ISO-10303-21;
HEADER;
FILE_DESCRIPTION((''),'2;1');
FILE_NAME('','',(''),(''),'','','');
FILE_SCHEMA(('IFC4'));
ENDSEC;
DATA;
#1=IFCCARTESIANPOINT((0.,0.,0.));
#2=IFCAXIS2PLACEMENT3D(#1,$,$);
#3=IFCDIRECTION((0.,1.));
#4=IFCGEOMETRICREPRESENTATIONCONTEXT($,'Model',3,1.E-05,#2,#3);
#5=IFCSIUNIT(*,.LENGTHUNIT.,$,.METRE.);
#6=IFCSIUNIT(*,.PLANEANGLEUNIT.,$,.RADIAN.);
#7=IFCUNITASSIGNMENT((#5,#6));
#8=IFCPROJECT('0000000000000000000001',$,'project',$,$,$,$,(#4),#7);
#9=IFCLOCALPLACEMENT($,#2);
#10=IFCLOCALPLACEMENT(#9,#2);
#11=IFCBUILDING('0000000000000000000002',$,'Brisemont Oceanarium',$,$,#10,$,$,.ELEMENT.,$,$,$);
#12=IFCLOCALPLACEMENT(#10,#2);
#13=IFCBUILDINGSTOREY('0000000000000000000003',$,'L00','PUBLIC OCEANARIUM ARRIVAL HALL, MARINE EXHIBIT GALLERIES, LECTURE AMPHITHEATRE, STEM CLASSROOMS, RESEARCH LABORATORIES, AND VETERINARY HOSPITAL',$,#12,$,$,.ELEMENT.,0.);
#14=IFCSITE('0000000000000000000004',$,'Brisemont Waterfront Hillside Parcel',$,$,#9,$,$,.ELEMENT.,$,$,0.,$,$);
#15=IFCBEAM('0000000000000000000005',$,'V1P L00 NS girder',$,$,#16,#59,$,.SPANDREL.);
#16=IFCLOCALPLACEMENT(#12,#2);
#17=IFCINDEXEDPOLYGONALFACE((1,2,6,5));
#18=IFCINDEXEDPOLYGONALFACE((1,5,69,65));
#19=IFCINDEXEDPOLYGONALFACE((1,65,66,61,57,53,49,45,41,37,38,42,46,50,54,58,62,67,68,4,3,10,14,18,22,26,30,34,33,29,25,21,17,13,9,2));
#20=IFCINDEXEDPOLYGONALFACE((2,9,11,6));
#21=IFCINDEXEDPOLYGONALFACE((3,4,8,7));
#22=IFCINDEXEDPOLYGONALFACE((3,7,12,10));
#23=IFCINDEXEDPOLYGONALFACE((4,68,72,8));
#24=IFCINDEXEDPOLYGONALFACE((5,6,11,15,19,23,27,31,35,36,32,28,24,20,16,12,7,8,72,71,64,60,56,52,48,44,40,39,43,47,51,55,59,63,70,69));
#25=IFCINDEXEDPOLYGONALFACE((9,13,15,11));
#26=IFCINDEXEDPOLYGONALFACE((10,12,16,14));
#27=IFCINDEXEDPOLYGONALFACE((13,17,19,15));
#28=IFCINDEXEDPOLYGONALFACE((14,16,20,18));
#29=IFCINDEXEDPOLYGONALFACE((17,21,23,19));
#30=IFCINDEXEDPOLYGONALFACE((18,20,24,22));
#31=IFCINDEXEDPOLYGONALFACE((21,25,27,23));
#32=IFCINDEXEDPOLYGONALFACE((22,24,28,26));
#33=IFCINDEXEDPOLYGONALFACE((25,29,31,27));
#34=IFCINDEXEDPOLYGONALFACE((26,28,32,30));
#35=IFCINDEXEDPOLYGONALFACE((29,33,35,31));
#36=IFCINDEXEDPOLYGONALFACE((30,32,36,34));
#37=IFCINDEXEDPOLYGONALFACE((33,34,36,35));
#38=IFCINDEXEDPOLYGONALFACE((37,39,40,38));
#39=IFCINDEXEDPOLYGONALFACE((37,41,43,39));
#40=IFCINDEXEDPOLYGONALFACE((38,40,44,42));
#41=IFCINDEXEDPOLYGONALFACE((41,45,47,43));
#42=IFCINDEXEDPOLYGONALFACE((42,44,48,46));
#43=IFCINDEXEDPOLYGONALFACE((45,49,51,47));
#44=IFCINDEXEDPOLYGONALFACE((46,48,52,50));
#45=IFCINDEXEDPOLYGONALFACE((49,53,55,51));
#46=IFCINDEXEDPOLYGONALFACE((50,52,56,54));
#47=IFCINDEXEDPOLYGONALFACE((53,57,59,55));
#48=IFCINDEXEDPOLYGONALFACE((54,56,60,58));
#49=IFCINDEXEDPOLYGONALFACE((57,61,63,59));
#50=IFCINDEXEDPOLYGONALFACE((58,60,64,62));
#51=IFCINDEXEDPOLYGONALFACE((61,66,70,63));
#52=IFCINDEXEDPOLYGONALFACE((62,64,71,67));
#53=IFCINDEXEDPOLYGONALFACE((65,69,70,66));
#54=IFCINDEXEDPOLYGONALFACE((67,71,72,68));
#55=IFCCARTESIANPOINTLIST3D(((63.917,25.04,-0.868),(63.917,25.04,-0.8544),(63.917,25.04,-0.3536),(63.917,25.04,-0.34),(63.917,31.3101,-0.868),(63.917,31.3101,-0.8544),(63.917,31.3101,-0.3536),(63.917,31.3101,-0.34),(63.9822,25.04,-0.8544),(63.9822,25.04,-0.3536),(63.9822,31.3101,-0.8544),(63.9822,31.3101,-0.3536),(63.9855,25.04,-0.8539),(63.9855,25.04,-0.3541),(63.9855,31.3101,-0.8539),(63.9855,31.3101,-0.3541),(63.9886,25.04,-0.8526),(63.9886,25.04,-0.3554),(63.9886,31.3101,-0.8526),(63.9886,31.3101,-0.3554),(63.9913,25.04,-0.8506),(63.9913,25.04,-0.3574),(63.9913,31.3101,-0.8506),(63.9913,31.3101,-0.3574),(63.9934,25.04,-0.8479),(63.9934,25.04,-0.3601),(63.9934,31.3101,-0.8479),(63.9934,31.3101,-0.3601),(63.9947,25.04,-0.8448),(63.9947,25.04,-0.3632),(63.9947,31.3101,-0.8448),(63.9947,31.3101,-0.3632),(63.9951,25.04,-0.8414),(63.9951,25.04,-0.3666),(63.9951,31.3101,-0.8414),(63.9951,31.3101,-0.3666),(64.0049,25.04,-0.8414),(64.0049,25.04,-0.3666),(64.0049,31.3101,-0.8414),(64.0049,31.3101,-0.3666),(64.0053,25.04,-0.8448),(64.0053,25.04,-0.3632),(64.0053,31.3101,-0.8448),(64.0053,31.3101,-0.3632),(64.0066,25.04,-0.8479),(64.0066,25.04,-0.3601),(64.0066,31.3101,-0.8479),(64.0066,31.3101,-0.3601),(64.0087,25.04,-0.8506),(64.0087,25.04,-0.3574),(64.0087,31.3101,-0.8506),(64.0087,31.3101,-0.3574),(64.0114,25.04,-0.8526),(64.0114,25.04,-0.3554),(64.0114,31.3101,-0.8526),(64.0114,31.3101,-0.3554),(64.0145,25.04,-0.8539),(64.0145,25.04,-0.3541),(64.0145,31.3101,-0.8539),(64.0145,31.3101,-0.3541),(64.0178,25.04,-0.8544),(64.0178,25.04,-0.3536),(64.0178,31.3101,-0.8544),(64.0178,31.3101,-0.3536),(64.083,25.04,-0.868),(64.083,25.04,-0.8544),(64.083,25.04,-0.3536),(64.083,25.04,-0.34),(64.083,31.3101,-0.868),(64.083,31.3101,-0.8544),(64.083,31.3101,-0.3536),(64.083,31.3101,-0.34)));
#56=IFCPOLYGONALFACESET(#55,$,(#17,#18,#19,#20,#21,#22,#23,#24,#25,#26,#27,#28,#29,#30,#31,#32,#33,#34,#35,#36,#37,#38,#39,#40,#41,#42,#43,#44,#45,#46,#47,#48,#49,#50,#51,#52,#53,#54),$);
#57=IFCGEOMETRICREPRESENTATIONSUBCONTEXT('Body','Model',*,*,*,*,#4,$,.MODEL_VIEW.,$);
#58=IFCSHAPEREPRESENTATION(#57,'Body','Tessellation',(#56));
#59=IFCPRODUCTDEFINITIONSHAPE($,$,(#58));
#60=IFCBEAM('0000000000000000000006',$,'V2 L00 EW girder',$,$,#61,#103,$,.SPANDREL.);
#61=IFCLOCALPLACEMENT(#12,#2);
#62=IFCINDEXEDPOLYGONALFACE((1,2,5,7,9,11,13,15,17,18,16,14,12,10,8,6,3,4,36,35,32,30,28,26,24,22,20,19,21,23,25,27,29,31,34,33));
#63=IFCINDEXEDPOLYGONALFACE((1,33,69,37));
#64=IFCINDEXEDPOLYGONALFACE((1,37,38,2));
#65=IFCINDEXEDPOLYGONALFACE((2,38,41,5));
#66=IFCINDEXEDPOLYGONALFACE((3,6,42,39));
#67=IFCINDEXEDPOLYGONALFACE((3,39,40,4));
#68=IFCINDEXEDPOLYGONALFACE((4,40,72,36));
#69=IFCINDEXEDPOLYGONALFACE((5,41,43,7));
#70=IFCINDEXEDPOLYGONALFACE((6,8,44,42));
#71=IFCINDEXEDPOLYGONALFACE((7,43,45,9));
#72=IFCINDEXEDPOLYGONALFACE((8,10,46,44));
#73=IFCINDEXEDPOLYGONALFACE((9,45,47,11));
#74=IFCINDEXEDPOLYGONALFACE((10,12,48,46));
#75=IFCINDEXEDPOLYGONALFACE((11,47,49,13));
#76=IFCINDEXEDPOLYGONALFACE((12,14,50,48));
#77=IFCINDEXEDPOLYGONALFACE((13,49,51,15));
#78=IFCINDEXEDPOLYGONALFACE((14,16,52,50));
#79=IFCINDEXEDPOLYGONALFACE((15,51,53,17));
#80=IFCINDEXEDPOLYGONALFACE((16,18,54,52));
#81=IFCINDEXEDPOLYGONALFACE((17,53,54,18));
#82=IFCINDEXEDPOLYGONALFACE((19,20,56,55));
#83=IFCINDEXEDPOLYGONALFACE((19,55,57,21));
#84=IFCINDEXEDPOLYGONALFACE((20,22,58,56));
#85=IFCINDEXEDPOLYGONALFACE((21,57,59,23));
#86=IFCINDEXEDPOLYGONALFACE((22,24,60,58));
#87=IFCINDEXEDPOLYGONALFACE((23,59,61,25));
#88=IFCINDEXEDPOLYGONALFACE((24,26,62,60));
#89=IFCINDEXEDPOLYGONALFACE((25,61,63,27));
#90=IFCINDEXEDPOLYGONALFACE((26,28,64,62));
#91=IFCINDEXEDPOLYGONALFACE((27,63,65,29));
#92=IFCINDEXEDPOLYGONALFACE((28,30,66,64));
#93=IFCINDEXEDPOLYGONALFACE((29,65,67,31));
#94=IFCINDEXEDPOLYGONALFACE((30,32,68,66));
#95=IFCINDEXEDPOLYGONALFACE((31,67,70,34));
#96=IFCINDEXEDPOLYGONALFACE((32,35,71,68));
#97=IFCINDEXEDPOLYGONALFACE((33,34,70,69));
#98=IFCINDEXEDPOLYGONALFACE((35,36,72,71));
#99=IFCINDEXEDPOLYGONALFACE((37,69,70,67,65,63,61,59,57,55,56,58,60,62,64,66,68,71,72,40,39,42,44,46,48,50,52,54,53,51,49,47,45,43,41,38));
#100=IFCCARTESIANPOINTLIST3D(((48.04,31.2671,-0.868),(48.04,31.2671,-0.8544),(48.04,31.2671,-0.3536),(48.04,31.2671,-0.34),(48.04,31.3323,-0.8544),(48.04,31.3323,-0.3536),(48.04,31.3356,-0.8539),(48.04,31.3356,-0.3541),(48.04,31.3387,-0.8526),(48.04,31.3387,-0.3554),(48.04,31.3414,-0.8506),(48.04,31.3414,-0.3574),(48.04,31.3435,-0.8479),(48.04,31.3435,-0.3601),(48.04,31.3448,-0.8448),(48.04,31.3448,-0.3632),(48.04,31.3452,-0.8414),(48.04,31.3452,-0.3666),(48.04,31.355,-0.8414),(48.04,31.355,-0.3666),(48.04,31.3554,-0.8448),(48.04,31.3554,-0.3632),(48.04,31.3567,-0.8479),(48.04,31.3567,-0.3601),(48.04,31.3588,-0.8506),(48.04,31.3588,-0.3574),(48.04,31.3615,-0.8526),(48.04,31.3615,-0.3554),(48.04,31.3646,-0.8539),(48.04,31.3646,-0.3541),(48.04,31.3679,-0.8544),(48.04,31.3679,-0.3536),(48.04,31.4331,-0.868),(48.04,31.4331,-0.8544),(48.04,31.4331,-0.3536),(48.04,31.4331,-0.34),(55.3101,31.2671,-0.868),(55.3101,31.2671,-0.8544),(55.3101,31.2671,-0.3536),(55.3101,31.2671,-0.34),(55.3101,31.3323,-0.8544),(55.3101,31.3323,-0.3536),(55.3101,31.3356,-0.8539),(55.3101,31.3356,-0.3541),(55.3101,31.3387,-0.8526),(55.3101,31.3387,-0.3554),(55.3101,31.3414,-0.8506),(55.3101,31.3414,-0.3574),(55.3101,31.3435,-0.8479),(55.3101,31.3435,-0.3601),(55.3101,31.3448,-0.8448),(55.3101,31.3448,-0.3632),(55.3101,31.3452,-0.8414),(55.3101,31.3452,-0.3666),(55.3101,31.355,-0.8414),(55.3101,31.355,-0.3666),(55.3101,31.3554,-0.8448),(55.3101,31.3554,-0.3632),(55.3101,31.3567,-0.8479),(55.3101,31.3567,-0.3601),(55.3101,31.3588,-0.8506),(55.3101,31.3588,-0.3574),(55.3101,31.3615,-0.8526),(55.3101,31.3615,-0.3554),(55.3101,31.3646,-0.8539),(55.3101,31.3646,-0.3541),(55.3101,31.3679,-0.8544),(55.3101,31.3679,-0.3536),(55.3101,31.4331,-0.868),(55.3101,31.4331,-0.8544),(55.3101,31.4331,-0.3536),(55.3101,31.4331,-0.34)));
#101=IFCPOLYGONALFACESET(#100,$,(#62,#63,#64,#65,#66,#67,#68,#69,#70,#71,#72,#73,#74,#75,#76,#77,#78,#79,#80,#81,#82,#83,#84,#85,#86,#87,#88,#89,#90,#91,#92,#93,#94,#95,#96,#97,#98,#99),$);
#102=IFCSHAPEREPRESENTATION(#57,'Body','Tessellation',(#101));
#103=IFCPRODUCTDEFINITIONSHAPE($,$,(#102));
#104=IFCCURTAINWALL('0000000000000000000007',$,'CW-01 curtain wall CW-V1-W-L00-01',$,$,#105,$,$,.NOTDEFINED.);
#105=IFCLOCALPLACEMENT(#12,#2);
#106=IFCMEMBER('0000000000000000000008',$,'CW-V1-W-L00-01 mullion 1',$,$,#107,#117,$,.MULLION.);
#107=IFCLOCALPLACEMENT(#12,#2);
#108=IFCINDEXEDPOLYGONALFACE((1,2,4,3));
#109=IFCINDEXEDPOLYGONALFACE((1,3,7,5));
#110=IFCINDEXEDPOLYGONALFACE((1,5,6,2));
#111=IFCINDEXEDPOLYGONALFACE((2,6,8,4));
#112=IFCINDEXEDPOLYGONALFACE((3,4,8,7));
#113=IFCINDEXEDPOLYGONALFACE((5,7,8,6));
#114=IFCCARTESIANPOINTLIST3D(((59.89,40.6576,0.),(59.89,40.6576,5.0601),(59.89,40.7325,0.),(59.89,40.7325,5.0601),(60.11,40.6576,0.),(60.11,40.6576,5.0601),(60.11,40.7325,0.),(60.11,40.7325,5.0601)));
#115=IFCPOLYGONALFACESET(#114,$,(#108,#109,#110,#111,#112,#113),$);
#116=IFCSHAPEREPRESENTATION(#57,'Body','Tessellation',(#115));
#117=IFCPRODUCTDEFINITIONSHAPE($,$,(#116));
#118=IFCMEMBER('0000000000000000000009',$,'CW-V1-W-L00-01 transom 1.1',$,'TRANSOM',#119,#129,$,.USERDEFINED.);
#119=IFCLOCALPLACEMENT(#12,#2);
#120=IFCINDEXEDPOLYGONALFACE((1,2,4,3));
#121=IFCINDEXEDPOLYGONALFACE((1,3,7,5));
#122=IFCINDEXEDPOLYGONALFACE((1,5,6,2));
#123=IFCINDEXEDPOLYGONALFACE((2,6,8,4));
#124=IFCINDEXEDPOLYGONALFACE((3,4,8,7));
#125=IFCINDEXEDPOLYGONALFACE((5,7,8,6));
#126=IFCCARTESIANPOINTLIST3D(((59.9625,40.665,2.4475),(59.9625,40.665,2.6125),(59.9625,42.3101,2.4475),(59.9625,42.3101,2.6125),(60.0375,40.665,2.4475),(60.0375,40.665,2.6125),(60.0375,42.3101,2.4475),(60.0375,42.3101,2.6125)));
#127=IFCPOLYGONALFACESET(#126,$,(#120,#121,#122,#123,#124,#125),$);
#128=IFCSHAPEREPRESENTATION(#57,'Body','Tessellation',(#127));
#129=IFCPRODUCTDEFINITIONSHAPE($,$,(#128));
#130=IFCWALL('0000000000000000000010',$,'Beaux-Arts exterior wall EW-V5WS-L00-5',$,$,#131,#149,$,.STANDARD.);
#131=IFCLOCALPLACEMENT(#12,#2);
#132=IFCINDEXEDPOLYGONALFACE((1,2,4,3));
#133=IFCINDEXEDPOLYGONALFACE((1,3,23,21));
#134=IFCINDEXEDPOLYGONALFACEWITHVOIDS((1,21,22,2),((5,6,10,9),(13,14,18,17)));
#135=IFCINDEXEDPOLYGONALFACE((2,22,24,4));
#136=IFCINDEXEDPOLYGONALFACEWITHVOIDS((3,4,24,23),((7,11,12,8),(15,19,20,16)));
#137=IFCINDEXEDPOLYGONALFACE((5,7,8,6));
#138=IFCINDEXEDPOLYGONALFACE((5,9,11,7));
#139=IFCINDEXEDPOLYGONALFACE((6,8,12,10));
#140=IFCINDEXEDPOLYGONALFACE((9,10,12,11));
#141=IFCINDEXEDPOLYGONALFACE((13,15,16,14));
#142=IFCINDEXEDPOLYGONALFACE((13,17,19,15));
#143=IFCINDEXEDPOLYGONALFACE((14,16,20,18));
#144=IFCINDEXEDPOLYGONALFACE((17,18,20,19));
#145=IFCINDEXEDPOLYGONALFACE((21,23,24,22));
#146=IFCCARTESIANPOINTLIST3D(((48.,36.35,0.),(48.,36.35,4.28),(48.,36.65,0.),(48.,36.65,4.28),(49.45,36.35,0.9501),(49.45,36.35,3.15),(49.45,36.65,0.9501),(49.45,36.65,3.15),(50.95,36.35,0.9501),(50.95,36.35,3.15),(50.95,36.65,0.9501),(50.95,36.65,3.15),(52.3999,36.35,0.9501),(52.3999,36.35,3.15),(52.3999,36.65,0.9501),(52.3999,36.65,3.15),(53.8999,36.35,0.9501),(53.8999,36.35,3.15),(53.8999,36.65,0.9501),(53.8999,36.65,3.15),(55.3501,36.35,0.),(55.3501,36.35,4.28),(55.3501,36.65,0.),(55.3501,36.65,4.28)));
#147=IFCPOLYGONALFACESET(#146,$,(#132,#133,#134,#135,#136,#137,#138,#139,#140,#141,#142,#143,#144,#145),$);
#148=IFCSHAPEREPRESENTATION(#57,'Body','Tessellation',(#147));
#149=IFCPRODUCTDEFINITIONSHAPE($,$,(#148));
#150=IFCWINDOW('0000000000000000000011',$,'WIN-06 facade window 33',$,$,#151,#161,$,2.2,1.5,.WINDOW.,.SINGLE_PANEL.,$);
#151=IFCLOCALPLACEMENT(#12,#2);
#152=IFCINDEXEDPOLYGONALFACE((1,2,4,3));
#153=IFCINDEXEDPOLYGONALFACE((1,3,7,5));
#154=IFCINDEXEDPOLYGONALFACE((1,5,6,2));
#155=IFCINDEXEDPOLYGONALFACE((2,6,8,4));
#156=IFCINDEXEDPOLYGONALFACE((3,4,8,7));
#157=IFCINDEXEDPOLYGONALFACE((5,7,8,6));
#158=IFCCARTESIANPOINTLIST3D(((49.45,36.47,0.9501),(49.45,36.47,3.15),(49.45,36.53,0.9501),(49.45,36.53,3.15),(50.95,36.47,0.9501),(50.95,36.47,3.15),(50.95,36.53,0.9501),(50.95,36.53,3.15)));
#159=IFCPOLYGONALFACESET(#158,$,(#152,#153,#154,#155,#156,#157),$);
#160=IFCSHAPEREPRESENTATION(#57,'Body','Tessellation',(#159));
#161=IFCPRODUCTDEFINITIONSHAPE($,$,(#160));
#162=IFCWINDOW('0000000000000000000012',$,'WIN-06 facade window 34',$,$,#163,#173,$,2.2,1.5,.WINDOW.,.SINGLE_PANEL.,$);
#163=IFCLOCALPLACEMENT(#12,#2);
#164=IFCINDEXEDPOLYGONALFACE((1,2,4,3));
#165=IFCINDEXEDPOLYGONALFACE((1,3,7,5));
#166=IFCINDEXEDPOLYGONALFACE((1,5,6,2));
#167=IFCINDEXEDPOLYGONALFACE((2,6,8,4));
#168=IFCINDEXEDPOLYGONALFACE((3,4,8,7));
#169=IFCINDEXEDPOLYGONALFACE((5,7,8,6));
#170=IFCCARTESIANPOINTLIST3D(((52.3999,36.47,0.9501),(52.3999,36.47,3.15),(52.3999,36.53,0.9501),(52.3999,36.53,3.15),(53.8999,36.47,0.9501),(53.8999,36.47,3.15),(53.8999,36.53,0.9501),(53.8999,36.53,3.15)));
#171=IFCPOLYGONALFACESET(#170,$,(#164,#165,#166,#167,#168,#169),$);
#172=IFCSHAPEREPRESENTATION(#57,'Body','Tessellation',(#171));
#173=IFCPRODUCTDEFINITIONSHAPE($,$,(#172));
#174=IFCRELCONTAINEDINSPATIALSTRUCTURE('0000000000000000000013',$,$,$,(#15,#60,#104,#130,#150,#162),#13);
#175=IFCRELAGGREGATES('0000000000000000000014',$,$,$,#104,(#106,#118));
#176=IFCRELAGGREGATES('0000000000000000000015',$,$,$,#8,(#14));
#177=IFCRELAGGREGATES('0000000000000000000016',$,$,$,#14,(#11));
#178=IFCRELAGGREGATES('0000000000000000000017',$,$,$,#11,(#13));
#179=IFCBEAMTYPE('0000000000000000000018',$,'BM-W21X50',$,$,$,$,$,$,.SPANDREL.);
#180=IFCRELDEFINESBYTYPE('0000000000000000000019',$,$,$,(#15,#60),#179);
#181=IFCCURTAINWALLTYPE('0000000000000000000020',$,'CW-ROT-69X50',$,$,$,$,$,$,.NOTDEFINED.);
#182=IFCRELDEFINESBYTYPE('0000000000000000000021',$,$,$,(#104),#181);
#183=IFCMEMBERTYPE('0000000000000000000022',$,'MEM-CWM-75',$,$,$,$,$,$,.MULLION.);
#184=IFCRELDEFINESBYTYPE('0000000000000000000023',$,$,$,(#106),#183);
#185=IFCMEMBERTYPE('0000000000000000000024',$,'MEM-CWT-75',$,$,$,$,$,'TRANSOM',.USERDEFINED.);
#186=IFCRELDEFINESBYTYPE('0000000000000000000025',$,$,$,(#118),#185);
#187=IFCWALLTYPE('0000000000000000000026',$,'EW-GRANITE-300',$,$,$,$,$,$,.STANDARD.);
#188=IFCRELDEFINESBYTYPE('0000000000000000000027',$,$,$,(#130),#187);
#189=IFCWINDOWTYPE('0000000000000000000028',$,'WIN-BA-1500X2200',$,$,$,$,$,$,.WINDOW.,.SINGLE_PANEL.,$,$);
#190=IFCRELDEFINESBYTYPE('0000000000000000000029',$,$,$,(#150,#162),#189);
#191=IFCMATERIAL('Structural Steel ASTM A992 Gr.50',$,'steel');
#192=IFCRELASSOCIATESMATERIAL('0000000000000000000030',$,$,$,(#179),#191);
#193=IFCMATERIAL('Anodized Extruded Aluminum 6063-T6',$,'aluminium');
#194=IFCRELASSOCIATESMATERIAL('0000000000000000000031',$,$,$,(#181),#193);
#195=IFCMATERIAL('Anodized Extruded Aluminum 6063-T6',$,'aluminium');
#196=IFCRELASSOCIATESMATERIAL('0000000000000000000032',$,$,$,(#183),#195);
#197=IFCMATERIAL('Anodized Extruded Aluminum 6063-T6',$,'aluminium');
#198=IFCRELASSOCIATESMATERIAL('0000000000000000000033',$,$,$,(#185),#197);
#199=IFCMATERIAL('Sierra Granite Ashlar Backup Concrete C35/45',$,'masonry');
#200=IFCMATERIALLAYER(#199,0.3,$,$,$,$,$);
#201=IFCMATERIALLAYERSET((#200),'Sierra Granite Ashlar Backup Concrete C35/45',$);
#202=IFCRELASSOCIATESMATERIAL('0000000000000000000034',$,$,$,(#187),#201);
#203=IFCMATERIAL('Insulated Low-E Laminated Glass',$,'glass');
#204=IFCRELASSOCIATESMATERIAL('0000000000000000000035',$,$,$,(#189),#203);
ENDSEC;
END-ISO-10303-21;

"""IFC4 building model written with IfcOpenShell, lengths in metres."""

from ifc_helpers import new_model, si_unit, direction, frame, frame_2d, origin, origin_2d, place, context, subcontext, project, spatial, rectangle, i_section, extrude, material, layer, layer_set, material_profile, profile_set, type_object, element, fill, aggregate, save


model = new_model("IFC4")

# Units and contexts
model_context = context("Model", 3, precision=1e-05, world=origin(), true_north=direction((0.0, 1.0)))
body_context = subcontext(model_context, "Body", "Model", "MODEL_VIEW")
ifc_project = project(units=[si_unit("LENGTHUNIT", "METRE"), si_unit("PLANEANGLEUNIT", "RADIAN")], contexts=[model_context])

# Site, building, storey
site_placement = place(None, origin())
site = spatial("IfcSite", under=ifc_project, at=site_placement, Name="Brisemont Waterfront Hillside Parcel", CompositionType="ELEMENT", RefElevation=0.0)
building_placement = place(site_placement, origin())
building = spatial("IfcBuilding", under=site, at=building_placement, Name="Brisemont Oceanarium", CompositionType="ELEMENT")
storey_placement = place(building_placement, origin())
storey = spatial("IfcBuildingStorey", under=building, at=storey_placement, Name="L00", Description="PUBLIC OCEANARIUM ARRIVAL HALL, MARINE EXHIBIT GALLERIES, LECTURE AMPHITHEATRE, STEM CLASSROOMS, RESEARCH LABORATORIES, AND VETERINARY HOSPITAL", CompositionType="ELEMENT", Elevation=0.0)

# Beams
ifc_material_1 = material(Name="Structural Steel ASTM A992 Gr.50", Category="steel")
ifc_material_profile_1 = material_profile(ifc_material_1, i_section(OverallWidth=0.166, OverallDepth=0.5281, WebThickness=0.0098, FlangeThickness=0.0137, FilletRadius=0.0129, at=origin_2d()), Name="W21X50")
ifc_profile_set_1 = profile_set([ifc_material_profile_1], Name="Structural Steel ASTM A992 Gr.50")
beam_type_1 = type_object("IfcBeamType", Name="BM-W21X50", PredefinedType="SPANDREL", material=ifc_profile_set_1)
beam_1_placement = place(storey_placement, frame((64.0, 25.04, -0.604), z_axis=(0.0, 1.0, 0.0), x_axis=(-1.0, 0.0, 0.0)))
element("IfcBeam", 1, at=beam_1_placement, inside=storey, type_object=beam_type_1, Name="V1P L00 NS girder", PredefinedType="SPANDREL", context=body_context, shape_type="SweptSolid", body=[
    extrude(i_section(OverallWidth=0.166, OverallDepth=0.5281, WebThickness=0.0098, FlangeThickness=0.0137, FilletRadius=0.0129, at=origin_2d()), origin(), (0.0, 0.0, 1.0), 6.27),
])
beam_2_placement = place(storey_placement, frame((48.04, 31.3501, -0.604), z_axis=(1.0, 0.0, 0.0), x_axis=(0.0, 1.0, 0.0)))
element("IfcBeam", 2, at=beam_2_placement, inside=storey, type_object=beam_type_1, Name="V2 L00 EW girder", PredefinedType="SPANDREL", context=body_context, shape_type="SweptSolid", body=[
    extrude(i_section(OverallWidth=0.166, OverallDepth=0.5281, WebThickness=0.0098, FlangeThickness=0.0137, FilletRadius=0.0129, at=origin_2d()), origin(), (0.0, 0.0, 1.0), 7.27),
])

# Curtain wall, members
ifc_material_2 = material(Name="Anodized Extruded Aluminum 6063-T6", Category="aluminium")
curtain_wall_type = type_object("IfcCurtainWallType", Name="CW-ROT-69X50", PredefinedType="NOTDEFINED", material=ifc_material_2)
curtain_wall_placement = place(storey_placement, origin())
curtain_wall = element("IfcCurtainWall", 3, at=curtain_wall_placement, inside=storey, type_object=curtain_wall_type, Name="CW-01 curtain wall CW-V1-W-L00-01", PredefinedType="NOTDEFINED")
ifc_material_3 = material(Name="Anodized Extruded Aluminum 6063-T6", Category="aluminium")
ifc_material_profile_2 = material_profile(ifc_material_3, rectangle(XDim=0.075, YDim=0.22, at=origin_2d()), Name="CWM-75X220")
ifc_profile_set_2 = profile_set([ifc_material_profile_2], Name="Anodized Extruded Aluminum 6063-T6")
member_type_1 = type_object("IfcMemberType", Name="MEM-CWM-75", PredefinedType="MULLION", material=ifc_profile_set_2)
member_1_placement = place(storey_placement, frame((60.0, 40.6951, 0.0), z_axis=(0.0, 0.0, 1.0), x_axis=(0.0, 1.0, 0.0)))
member_1 = element("IfcMember", 4, at=member_1_placement, type_object=member_type_1, Name="CW-V1-W-L00-01 mullion 1", PredefinedType="MULLION", context=body_context, shape_type="SweptSolid", body=[
    extrude(rectangle(XDim=0.075, YDim=0.22, at=origin_2d()), origin(), (0.0, 0.0, 1.0), 5.0601),
])
ifc_material_4 = material(Name="Anodized Extruded Aluminum 6063-T6", Category="aluminium")
ifc_material_profile_3 = material_profile(ifc_material_4, rectangle(XDim=0.075, YDim=0.165, at=origin_2d()), Name="CWT-75X165")
ifc_profile_set_3 = profile_set([ifc_material_profile_3], Name="Anodized Extruded Aluminum 6063-T6")
member_type_2 = type_object("IfcMemberType", Name="MEM-CWT-75", ElementType="TRANSOM", PredefinedType="USERDEFINED", material=ifc_profile_set_3)
member_2_placement = place(storey_placement, frame((60.0, 40.665, 2.53), z_axis=(0.0, 1.0, 0.0), x_axis=(-1.0, 0.0, 0.0)))
member_2 = element("IfcMember", 5, at=member_2_placement, type_object=member_type_2, Name="CW-V1-W-L00-01 transom 1.1", ObjectType="TRANSOM", PredefinedType="USERDEFINED", context=body_context, shape_type="SweptSolid", body=[
    extrude(rectangle(XDim=0.075, YDim=0.165, at=origin_2d()), origin(), (0.0, 0.0, 1.0), 1.645),
])
aggregate(curtain_wall, [member_1, member_2])

# Wall, openings, windows
ifc_material_5 = material(Name="Sierra Granite Ashlar Backup Concrete C35/45", Category="masonry")
ifc_layer = layer(ifc_material_5, 0.3)
ifc_layer_set = layer_set([ifc_layer], Name="Sierra Granite Ashlar Backup Concrete C35/45")
wall_type = type_object("IfcWallType", Name="EW-GRANITE-300", PredefinedType="STANDARD", material=ifc_layer_set)
wall_placement = place(storey_placement, frame((48.0, 36.5, 0.0), z_axis=(0.0, 0.0, 1.0), x_axis=(1.0, 0.0, 0.0)))
wall = element("IfcWall", 6, at=wall_placement, inside=storey, type_object=wall_type, Name="Beaux-Arts exterior wall EW-V5WS-L00-5", PredefinedType="STANDARD", context=body_context, shape_type="SweptSolid", body=[
    extrude(rectangle(XDim=7.3501, YDim=0.3, at=frame_2d((3.675, 0.0))), origin(), (0.0, 0.0, 1.0), 4.28),
])
opening_1_placement = place(wall_placement, frame((1.45, 0.0, 0.95)))
opening_1 = element("IfcOpeningElement", 7, at=opening_1_placement, cuts=wall, PredefinedType="OPENING", context=body_context, shape_type="SweptSolid", body=[
    extrude(rectangle(XDim=1.5, YDim=2.2, at=frame_2d((0.75, 1.1001))), frame((0.0, 0.1599, 0.0), z_axis=(0.0, -1.0, 0.0), x_axis=(1.0, 0.0, 0.0)), (0.0, 0.0, 1.0), 0.3201),
])
opening_2_placement = place(wall_placement, frame((4.3999, 0.0, 0.95)))
opening_2 = element("IfcOpeningElement", 8, at=opening_2_placement, cuts=wall, PredefinedType="OPENING", context=body_context, shape_type="SweptSolid", body=[
    extrude(rectangle(XDim=1.5, YDim=2.2, at=frame_2d((0.75, 1.1001))), frame((0.0, 0.1599, 0.0), z_axis=(0.0, -1.0, 0.0), x_axis=(1.0, 0.0, 0.0)), (0.0, 0.0, 1.0), 0.3201),
])
ifc_material_6 = material(Name="Insulated Low-E Laminated Glass", Category="glass")
window_type = type_object("IfcWindowType", Name="WIN-BA-1500X2200", PartitioningType="SINGLE_PANEL", PredefinedType="WINDOW", material=ifc_material_6)
window_1_placement = place(opening_1_placement, origin())
window_1 = element("IfcWindow", 9, at=window_1_placement, inside=storey, type_object=window_type, Name="WIN-06 facade window 33", OverallHeight=2.2, OverallWidth=1.5, PartitioningType="SINGLE_PANEL", PredefinedType="WINDOW", context=body_context, shape_type="SweptSolid", body=[
    extrude(rectangle(XDim=1.5, YDim=2.2, at=frame_2d((0.75, 1.1001))), frame((0.0, 0.03, 0.0), z_axis=(0.0, -1.0, 0.0), x_axis=(1.0, 0.0, 0.0)), (0.0, 0.0, 1.0), 0.0601),
])
fill(opening_1, window_1)
window_2_placement = place(opening_2_placement, origin())
window_2 = element("IfcWindow", 10, at=window_2_placement, inside=storey, type_object=window_type, Name="WIN-06 facade window 34", OverallHeight=2.2, OverallWidth=1.5, PartitioningType="SINGLE_PANEL", PredefinedType="WINDOW", context=body_context, shape_type="SweptSolid", body=[
    extrude(rectangle(XDim=1.5, YDim=2.2, at=frame_2d((0.75, 1.1001))), frame((0.0, 0.03, 0.0), z_axis=(0.0, -1.0, 0.0), x_axis=(1.0, 0.0, 0.0)), (0.0, 0.0, 1.0), 0.0601),
])
fill(opening_2, window_2)

save(model, "model.ifc")
